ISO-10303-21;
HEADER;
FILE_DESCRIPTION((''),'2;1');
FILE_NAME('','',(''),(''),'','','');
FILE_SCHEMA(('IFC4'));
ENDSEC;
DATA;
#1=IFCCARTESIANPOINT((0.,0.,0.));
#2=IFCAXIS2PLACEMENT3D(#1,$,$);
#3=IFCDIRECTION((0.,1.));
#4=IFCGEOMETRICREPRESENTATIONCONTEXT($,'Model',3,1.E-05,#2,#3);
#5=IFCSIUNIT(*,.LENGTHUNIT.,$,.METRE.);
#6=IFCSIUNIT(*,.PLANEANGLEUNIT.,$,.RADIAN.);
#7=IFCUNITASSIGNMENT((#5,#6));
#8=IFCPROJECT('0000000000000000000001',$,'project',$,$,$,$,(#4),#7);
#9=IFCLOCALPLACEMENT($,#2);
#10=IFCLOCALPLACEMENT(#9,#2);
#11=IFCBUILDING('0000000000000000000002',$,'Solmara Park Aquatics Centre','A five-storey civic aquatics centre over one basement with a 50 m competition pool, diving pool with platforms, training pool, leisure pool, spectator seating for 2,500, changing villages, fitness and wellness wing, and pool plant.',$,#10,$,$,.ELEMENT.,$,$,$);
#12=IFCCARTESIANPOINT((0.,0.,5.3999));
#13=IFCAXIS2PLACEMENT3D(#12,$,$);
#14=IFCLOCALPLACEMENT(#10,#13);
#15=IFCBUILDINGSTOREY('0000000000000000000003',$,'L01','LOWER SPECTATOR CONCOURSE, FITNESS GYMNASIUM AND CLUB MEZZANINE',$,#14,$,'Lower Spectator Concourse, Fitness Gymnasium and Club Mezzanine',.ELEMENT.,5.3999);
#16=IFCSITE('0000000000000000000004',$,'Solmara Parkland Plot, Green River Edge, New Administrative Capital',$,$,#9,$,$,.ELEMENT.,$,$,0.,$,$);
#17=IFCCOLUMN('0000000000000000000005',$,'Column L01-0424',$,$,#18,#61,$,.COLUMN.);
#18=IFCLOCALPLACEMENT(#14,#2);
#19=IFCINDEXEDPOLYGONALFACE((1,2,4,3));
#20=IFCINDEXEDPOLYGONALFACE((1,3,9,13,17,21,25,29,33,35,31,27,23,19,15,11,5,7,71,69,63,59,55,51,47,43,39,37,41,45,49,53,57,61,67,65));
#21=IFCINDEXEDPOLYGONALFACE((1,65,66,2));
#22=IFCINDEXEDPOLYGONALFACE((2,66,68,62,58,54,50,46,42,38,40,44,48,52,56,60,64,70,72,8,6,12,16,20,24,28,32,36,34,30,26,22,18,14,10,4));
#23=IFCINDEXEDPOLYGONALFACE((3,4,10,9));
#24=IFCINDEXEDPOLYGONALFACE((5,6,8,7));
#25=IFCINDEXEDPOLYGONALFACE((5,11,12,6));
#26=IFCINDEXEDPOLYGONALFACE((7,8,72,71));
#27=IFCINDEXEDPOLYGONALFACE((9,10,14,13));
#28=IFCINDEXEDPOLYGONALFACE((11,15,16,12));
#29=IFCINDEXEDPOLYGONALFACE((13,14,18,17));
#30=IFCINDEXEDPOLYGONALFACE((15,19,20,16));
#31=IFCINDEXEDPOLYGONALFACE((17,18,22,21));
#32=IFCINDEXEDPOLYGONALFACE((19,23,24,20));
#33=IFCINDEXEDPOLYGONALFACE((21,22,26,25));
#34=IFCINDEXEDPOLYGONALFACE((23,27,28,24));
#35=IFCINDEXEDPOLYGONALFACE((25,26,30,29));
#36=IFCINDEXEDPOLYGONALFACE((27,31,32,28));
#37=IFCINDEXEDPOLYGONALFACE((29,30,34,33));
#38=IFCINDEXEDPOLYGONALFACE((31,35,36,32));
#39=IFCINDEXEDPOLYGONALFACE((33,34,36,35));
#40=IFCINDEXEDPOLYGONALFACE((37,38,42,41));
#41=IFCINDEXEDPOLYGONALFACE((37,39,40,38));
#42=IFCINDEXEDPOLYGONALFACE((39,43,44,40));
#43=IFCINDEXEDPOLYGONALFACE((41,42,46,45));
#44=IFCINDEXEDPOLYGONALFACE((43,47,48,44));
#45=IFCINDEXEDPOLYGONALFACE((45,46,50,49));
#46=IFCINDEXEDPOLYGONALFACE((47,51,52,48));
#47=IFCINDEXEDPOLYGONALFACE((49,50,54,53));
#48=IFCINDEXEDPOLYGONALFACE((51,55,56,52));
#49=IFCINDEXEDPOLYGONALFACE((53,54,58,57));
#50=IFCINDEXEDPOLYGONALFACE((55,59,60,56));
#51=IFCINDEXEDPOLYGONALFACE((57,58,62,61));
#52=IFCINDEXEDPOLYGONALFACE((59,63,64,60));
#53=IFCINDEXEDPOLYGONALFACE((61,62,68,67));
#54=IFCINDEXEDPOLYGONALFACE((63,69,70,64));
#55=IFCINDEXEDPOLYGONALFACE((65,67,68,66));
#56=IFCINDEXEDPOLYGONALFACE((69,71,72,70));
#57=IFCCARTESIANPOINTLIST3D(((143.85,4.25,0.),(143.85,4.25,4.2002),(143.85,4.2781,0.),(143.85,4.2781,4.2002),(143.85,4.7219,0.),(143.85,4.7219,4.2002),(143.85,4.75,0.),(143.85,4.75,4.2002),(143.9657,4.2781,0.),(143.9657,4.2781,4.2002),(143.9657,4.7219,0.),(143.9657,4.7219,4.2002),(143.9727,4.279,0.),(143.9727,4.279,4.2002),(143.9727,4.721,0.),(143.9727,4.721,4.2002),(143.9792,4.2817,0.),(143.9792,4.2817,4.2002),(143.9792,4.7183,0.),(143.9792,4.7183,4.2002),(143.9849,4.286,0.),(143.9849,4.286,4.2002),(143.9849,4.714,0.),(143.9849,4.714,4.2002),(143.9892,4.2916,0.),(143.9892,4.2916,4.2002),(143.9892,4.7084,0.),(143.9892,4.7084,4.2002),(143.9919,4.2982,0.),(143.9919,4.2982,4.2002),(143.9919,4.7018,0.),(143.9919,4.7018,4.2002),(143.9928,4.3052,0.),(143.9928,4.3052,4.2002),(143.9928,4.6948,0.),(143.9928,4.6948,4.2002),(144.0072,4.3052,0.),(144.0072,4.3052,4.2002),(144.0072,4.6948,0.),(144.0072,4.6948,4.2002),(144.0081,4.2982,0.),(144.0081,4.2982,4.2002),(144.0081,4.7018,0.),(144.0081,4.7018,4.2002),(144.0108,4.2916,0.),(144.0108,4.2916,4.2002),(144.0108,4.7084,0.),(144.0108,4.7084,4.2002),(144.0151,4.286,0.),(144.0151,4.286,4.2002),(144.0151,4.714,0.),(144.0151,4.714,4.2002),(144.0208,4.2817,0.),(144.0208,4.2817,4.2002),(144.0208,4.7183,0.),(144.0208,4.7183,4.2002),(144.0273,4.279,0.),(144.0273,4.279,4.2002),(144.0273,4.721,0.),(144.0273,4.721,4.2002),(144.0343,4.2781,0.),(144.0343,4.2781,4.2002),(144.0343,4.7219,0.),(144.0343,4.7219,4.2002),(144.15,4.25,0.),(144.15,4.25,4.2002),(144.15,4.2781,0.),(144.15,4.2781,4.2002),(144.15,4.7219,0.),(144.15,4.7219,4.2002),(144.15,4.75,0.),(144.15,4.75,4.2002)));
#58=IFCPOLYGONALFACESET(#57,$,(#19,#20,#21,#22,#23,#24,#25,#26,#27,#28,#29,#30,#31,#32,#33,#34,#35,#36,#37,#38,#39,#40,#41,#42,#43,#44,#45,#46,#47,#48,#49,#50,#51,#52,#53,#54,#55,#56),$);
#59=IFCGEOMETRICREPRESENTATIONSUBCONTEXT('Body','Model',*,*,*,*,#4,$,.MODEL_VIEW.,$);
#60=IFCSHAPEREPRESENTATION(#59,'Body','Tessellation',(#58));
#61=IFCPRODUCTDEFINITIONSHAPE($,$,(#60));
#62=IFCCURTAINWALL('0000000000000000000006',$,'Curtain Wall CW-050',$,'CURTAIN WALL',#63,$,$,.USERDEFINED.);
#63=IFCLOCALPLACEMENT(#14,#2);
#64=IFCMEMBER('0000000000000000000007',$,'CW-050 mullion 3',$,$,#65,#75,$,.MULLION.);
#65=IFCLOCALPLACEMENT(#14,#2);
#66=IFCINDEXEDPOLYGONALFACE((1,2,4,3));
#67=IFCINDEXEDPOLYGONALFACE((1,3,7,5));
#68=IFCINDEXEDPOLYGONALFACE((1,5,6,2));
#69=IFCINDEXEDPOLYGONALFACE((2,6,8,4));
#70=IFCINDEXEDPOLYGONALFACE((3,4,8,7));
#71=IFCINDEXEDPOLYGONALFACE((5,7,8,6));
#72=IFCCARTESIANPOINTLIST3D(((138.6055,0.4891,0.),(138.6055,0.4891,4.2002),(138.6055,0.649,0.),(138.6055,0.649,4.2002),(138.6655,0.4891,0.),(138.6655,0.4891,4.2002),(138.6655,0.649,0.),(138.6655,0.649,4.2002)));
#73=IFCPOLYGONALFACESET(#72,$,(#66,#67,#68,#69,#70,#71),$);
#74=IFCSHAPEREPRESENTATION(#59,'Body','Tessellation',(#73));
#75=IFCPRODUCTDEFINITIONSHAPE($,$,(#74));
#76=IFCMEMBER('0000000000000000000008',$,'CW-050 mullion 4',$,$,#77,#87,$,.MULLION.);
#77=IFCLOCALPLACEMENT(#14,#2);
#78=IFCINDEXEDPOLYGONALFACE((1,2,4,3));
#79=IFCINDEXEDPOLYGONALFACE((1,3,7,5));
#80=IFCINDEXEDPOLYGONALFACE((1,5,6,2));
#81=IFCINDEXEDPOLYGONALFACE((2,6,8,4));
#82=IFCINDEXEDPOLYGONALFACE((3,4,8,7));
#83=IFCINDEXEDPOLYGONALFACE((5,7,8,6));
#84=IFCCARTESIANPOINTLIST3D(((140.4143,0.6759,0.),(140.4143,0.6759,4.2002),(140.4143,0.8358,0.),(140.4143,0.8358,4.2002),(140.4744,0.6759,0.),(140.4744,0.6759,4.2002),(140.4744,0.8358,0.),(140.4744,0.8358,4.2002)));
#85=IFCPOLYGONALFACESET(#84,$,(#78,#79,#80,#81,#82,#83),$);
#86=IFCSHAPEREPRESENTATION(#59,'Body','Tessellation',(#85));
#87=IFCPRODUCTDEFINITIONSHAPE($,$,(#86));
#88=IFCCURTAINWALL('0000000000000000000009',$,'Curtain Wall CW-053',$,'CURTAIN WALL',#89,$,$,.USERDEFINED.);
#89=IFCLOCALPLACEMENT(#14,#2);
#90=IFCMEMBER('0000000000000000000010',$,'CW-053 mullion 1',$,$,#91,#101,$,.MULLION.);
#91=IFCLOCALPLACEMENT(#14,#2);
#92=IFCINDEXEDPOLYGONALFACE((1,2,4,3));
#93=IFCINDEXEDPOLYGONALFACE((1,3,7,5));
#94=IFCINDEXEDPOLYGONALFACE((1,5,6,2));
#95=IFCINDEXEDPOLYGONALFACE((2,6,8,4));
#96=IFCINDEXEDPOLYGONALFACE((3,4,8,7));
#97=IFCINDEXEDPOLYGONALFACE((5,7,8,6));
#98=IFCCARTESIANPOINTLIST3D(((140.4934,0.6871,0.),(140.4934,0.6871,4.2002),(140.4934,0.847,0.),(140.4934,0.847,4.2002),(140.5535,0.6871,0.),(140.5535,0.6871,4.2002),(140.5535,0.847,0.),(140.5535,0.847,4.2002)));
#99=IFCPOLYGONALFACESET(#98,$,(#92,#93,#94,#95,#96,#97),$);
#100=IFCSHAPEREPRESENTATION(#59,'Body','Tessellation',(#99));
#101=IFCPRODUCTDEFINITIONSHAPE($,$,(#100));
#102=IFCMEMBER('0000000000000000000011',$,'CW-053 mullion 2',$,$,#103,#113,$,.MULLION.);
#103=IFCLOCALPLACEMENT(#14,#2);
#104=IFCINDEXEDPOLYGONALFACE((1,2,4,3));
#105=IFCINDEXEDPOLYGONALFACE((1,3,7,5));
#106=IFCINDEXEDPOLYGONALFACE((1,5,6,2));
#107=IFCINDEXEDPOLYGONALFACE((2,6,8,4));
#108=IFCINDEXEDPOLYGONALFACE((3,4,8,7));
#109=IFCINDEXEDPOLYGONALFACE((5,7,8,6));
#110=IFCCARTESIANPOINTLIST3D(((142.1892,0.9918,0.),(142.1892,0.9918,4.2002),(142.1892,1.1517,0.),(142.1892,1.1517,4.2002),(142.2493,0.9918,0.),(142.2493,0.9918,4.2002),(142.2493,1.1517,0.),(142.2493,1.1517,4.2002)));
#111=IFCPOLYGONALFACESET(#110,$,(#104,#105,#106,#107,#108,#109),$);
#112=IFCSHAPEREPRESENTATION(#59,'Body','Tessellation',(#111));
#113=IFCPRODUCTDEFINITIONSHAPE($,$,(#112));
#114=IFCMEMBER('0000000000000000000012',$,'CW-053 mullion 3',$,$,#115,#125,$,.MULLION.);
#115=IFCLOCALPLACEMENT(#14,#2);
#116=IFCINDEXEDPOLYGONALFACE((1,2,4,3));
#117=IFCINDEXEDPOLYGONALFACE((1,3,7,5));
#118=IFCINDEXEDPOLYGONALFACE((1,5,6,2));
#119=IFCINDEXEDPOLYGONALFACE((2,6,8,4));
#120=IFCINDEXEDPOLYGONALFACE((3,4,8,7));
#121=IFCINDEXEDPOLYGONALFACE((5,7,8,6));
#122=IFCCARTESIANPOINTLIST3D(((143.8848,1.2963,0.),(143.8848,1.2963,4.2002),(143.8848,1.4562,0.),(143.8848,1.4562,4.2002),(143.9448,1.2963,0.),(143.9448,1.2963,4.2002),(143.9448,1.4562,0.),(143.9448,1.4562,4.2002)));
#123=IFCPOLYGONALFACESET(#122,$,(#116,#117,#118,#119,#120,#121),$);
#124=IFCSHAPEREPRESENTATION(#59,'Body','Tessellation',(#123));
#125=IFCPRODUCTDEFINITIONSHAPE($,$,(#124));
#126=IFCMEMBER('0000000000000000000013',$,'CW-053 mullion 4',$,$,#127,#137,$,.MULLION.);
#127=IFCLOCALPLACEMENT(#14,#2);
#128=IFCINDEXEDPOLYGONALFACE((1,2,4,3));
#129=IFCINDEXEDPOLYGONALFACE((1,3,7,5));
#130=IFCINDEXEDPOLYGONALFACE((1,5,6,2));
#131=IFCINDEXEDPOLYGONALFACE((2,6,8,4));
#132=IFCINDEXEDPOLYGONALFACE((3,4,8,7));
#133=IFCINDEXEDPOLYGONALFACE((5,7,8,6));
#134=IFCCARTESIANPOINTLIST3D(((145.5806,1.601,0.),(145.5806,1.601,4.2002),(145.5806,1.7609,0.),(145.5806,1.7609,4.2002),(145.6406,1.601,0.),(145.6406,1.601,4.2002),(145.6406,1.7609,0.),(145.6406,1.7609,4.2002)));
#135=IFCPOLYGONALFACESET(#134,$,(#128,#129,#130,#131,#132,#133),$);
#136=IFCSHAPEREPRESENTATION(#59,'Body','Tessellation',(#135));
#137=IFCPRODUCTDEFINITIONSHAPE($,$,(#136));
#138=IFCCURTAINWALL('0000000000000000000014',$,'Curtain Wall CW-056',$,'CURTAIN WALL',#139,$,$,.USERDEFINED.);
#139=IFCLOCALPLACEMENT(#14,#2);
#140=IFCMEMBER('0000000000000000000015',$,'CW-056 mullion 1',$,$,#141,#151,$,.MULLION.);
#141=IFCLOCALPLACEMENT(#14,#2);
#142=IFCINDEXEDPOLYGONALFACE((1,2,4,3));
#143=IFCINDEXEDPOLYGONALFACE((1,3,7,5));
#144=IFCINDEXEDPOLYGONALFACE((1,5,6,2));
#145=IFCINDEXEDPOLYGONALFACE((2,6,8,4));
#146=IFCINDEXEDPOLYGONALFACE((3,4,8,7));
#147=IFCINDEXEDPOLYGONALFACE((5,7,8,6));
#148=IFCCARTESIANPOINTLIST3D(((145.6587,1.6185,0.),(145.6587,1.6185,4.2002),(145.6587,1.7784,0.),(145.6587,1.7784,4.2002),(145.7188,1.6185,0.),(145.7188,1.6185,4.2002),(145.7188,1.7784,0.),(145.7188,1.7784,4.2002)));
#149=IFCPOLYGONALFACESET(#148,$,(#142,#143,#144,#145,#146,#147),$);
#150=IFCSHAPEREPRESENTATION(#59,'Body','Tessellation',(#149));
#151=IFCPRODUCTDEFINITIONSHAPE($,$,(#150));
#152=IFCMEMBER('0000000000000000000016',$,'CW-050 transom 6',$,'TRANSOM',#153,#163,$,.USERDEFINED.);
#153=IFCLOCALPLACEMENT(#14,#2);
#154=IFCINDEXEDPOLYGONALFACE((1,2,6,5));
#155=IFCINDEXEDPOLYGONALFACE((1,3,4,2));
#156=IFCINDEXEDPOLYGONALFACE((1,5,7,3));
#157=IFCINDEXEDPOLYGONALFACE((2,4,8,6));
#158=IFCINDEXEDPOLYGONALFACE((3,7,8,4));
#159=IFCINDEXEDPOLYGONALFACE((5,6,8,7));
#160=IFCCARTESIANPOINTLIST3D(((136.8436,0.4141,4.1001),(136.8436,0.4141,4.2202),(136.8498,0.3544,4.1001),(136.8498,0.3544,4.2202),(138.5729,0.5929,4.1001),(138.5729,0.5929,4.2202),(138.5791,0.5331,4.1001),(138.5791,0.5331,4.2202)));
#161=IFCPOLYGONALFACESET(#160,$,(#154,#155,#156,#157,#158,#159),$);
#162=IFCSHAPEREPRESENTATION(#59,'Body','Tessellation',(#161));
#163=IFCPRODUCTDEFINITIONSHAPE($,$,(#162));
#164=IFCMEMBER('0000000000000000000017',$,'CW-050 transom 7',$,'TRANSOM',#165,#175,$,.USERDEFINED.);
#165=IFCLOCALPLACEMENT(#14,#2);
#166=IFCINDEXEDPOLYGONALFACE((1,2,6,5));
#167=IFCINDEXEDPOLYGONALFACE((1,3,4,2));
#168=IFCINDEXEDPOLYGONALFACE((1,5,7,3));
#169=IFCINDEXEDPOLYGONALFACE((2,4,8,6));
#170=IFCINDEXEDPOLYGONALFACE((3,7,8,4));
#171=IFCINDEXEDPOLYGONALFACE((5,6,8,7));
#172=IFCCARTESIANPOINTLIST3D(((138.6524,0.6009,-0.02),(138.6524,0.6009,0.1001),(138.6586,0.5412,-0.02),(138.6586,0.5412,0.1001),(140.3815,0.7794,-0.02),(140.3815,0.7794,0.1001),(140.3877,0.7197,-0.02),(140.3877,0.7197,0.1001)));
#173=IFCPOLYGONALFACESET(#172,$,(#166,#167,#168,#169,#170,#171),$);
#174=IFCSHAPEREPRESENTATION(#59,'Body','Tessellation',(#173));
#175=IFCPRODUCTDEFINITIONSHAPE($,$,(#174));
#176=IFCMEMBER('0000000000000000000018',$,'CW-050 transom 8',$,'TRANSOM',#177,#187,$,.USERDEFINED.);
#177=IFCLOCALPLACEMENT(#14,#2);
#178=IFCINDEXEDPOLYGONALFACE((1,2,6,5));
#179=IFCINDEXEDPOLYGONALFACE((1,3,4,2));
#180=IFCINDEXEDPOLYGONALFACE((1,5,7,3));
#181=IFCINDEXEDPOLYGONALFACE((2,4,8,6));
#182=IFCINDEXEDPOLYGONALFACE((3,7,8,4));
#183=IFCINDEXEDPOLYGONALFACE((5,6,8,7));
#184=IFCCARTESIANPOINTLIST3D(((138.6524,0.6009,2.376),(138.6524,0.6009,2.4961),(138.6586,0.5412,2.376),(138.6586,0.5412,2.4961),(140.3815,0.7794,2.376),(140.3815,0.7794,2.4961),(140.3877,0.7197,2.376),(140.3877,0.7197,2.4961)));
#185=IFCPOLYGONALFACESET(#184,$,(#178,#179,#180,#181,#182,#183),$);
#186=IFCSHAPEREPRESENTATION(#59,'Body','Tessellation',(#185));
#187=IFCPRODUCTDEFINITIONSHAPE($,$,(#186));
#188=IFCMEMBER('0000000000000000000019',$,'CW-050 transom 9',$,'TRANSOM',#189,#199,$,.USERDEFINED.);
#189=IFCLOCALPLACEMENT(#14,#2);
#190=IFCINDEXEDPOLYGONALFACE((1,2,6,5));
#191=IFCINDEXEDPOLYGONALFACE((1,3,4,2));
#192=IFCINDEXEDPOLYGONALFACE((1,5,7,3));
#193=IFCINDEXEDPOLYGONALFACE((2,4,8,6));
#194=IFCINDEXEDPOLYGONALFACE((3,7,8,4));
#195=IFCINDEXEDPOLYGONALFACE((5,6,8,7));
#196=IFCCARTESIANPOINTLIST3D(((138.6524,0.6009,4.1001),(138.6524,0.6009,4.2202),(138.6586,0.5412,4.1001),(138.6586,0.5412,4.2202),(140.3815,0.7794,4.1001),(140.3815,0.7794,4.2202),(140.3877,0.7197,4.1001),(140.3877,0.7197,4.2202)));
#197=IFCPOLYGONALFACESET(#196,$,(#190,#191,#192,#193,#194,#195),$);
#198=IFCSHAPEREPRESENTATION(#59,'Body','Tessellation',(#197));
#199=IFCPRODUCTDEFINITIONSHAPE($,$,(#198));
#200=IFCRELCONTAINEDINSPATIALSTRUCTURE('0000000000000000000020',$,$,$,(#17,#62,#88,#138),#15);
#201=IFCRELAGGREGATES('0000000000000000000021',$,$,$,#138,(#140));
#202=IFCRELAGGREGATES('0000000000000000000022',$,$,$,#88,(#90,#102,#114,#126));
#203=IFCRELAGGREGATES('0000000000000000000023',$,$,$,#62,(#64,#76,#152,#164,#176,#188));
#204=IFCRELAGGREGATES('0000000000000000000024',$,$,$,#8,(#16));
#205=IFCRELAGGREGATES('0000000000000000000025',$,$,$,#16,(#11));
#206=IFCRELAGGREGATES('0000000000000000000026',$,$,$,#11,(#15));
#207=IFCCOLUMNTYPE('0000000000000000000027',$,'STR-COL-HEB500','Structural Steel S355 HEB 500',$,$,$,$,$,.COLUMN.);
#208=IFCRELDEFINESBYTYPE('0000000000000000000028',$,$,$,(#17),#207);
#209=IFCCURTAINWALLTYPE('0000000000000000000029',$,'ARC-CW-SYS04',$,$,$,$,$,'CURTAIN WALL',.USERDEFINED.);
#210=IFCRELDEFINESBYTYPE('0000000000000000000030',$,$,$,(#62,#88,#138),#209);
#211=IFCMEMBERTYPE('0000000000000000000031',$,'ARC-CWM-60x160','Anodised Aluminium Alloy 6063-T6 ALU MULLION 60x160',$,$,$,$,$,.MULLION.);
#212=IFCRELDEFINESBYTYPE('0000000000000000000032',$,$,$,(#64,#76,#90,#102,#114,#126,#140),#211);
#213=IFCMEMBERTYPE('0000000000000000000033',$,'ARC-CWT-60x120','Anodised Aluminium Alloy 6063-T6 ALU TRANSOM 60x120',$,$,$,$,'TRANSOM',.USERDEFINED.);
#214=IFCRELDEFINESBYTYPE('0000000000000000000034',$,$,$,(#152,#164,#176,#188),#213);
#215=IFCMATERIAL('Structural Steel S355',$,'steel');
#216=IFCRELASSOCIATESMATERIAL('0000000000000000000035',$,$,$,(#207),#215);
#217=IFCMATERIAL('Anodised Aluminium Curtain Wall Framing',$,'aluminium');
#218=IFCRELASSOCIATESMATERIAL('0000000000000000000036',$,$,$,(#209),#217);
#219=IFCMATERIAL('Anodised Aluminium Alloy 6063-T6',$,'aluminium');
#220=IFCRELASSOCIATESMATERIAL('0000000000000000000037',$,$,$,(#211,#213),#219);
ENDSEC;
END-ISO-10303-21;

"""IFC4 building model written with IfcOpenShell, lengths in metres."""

from ifc_helpers import new_model, si_unit, direction, frame, origin, origin_2d, place, context, subcontext, project, spatial, rectangle, i_section, extrude, material, material_profile, profile_set, type_object, element, aggregate, save


model = new_model("IFC4")

# Units and contexts
model_context = context("Model", 3, precision=1e-05, world=origin(), true_north=direction((0.0, 1.0)))
body_context = subcontext(model_context, "Body", "Model", "MODEL_VIEW")
ifc_project = project(units=[si_unit("LENGTHUNIT", "METRE"), si_unit("PLANEANGLEUNIT", "RADIAN")], contexts=[model_context])

# Site, building, storey
site_placement = place(None, origin())
site = spatial("IfcSite", under=ifc_project, at=site_placement, Name="Solmara Parkland Plot, Green River Edge, New Administrative Capital", CompositionType="ELEMENT", RefElevation=0.0)
building_placement = place(site_placement, origin())
building = spatial("IfcBuilding", under=site, at=building_placement, Name="Solmara Park Aquatics Centre", Description="A five-storey civic aquatics centre over one basement with a 50 m competition pool, diving pool with platforms, training pool, leisure pool, spectator seating for 2,500, changing villages, fitness and wellness wing, and pool plant.", CompositionType="ELEMENT")
storey_placement = place(building_placement, frame((0.0, 0.0, 5.3999)))
storey = spatial("IfcBuildingStorey", under=building, at=storey_placement, Name="L01", Description="LOWER SPECTATOR CONCOURSE, FITNESS GYMNASIUM AND CLUB MEZZANINE", LongName="Lower Spectator Concourse, Fitness Gymnasium and Club Mezzanine", CompositionType="ELEMENT", Elevation=5.3999)

# Column
ifc_material_1 = material(Name="Structural Steel S355", Category="steel")
ifc_material_profile_1 = material_profile(ifc_material_1, i_section(OverallWidth=0.3, OverallDepth=0.5, WebThickness=0.0144, FlangeThickness=0.0281, FilletRadius=0.0271, at=origin_2d()), Name="HEB 500")
ifc_profile_set_1 = profile_set([ifc_material_profile_1], Name="Structural Steel S355")
column_type = type_object("IfcColumnType", Name="STR-COL-HEB500", Description="Structural Steel S355 HEB 500", PredefinedType="COLUMN", material=ifc_profile_set_1)
column_placement = place(storey_placement, frame((144.0, 4.5, 0.0), z_axis=(0.0, 0.0, 1.0), x_axis=(1.0, 0.0, 0.0)))
element("IfcColumn", 1, at=column_placement, inside=storey, type_object=column_type, Name="Column L01-0424", PredefinedType="COLUMN", context=body_context, shape_type="SweptSolid", body=[
    extrude(i_section(OverallWidth=0.3, OverallDepth=0.5, WebThickness=0.0144, FlangeThickness=0.0281, FilletRadius=0.0271, at=origin_2d()), origin(), (0.0, 0.0, 1.0), 4.2002),
])

# Curtain walls, members
ifc_material_2 = material(Name="Anodised Aluminium Curtain Wall Framing", Category="aluminium")
curtain_wall_type = type_object("IfcCurtainWallType", Name="ARC-CW-SYS04", ElementType="CURTAIN WALL", PredefinedType="USERDEFINED", material=ifc_material_2)
curtain_wall_1_placement = place(storey_placement, origin())
curtain_wall_1 = element("IfcCurtainWall", 2, at=curtain_wall_1_placement, inside=storey, type_object=curtain_wall_type, Name="Curtain Wall CW-050", ObjectType="CURTAIN WALL", PredefinedType="USERDEFINED")
ifc_material_3 = material(Name="Anodised Aluminium Alloy 6063-T6", Category="aluminium")
ifc_material_profile_2 = material_profile(ifc_material_3, rectangle(XDim=0.0601, YDim=0.1599, at=origin_2d()), Name="ALU MULLION 60x160")
ifc_profile_set_2 = profile_set([ifc_material_profile_2], Name="Anodised Aluminium Alloy 6063-T6")
member_type_1 = type_object("IfcMemberType", Name="ARC-CWM-60x160", Description="Anodised Aluminium Alloy 6063-T6 ALU MULLION 60x160", PredefinedType="MULLION", material=ifc_profile_set_2)
member_1_placement = place(storey_placement, frame((138.6355, 0.5691, 0.0), z_axis=(0.0, 0.0, 1.0), x_axis=(1.0, 0.0, 0.0)))
member_1 = element("IfcMember", 3, at=member_1_placement, type_object=member_type_1, Name="CW-050 mullion 3", PredefinedType="MULLION", context=body_context, shape_type="SweptSolid", body=[
    extrude(rectangle(XDim=0.0601, YDim=0.1599, at=origin_2d()), origin(), (0.0, 0.0, 1.0), 4.2002),
])
member_2_placement = place(storey_placement, frame((140.4443, 0.7559, 0.0), z_axis=(0.0, 0.0, 1.0), x_axis=(1.0, 0.0, 0.0)))
member_2 = element("IfcMember", 4, at=member_2_placement, type_object=member_type_1, Name="CW-050 mullion 4", PredefinedType="MULLION", context=body_context, shape_type="SweptSolid", body=[
    extrude(rectangle(XDim=0.0601, YDim=0.1599, at=origin_2d()), origin(), (0.0, 0.0, 1.0), 4.2002),
])
curtain_wall_2_placement = place(storey_placement, origin())
curtain_wall_2 = element("IfcCurtainWall", 5, at=curtain_wall_2_placement, inside=storey, type_object=curtain_wall_type, Name="Curtain Wall CW-053", ObjectType="CURTAIN WALL", PredefinedType="USERDEFINED")
member_3_placement = place(storey_placement, frame((140.5234, 0.7671, 0.0), z_axis=(0.0, 0.0, 1.0), x_axis=(1.0, 0.0, 0.0)))
member_3 = element("IfcMember", 6, at=member_3_placement, type_object=member_type_1, Name="CW-053 mullion 1", PredefinedType="MULLION", context=body_context, shape_type="SweptSolid", body=[
    extrude(rectangle(XDim=0.0601, YDim=0.1599, at=origin_2d()), origin(), (0.0, 0.0, 1.0), 4.2002),
])
member_4_placement = place(storey_placement, frame((142.2192, 1.0718, 0.0), z_axis=(0.0, 0.0, 1.0), x_axis=(1.0, 0.0, 0.0)))
member_4 = element("IfcMember", 7, at=member_4_placement, type_object=member_type_1, Name="CW-053 mullion 2", PredefinedType="MULLION", context=body_context, shape_type="SweptSolid", body=[
    extrude(rectangle(XDim=0.0601, YDim=0.1599, at=origin_2d()), origin(), (0.0, 0.0, 1.0), 4.2002),
])
member_5_placement = place(storey_placement, frame((143.9148, 1.3762, 0.0), z_axis=(0.0, 0.0, 1.0), x_axis=(1.0, 0.0, 0.0)))
member_5 = element("IfcMember", 8, at=member_5_placement, type_object=member_type_1, Name="CW-053 mullion 3", PredefinedType="MULLION", context=body_context, shape_type="SweptSolid", body=[
    extrude(rectangle(XDim=0.0601, YDim=0.1599, at=origin_2d()), origin(), (0.0, 0.0, 1.0), 4.2002),
])
member_6_placement = place(storey_placement, frame((145.6106, 1.6809, 0.0), z_axis=(0.0, 0.0, 1.0), x_axis=(1.0, 0.0, 0.0)))
member_6 = element("IfcMember", 9, at=member_6_placement, type_object=member_type_1, Name="CW-053 mullion 4", PredefinedType="MULLION", context=body_context, shape_type="SweptSolid", body=[
    extrude(rectangle(XDim=0.0601, YDim=0.1599, at=origin_2d()), origin(), (0.0, 0.0, 1.0), 4.2002),
])

# Curtain wall, member
curtain_wall_3_placement = place(storey_placement, origin())
curtain_wall_3 = element("IfcCurtainWall", 10, at=curtain_wall_3_placement, inside=storey, type_object=curtain_wall_type, Name="Curtain Wall CW-056", ObjectType="CURTAIN WALL", PredefinedType="USERDEFINED")
member_7_placement = place(storey_placement, frame((145.6887, 1.6985, 0.0), z_axis=(0.0, 0.0, 1.0), x_axis=(1.0, 0.0, 0.0)))
member_7 = element("IfcMember", 11, at=member_7_placement, type_object=member_type_1, Name="CW-056 mullion 1", PredefinedType="MULLION", context=body_context, shape_type="SweptSolid", body=[
    extrude(rectangle(XDim=0.0601, YDim=0.1599, at=origin_2d()), origin(), (0.0, 0.0, 1.0), 4.2002),
])

# Members
ifc_material_profile_3 = material_profile(ifc_material_3, rectangle(XDim=0.0601, YDim=0.1201, at=origin_2d()), Name="ALU TRANSOM 60x120")
ifc_profile_set_3 = profile_set([ifc_material_profile_3], Name="Anodised Aluminium Alloy 6063-T6")
member_type_2 = type_object("IfcMemberType", Name="ARC-CWT-60x120", Description="Anodised Aluminium Alloy 6063-T6 ALU TRANSOM 60x120", ElementType="TRANSOM", PredefinedType="USERDEFINED", material=ifc_profile_set_3)
member_8_placement = place(storey_placement, frame((136.8467, 0.3843, 4.1602), z_axis=(0.994702, 0.102799, 0.0), x_axis=(-0.102799, 0.994702, 0.0)))
member_8 = element("IfcMember", 12, at=member_8_placement, type_object=member_type_2, Name="CW-050 transom 6", ObjectType="TRANSOM", PredefinedType="USERDEFINED", context=body_context, shape_type="SweptSolid", body=[
    extrude(rectangle(XDim=0.0601, YDim=0.1201, at=origin_2d()), origin(), (0.0, 0.0, 1.0), 1.7385),
])
member_9_placement = place(storey_placement, frame((138.6555, 0.571, 0.04), z_axis=(0.994715, 0.102674, 0.0), x_axis=(-0.102674, 0.994715, 0.0)))
member_9 = element("IfcMember", 13, at=member_9_placement, type_object=member_type_2, Name="CW-050 transom 7", ObjectType="TRANSOM", PredefinedType="USERDEFINED", context=body_context, shape_type="SweptSolid", body=[
    extrude(rectangle(XDim=0.0601, YDim=0.1201, at=origin_2d()), origin(), (0.0, 0.0, 1.0), 1.7383),
])
member_10_placement = place(storey_placement, frame((138.6555, 0.571, 2.436), z_axis=(0.994715, 0.102674, 0.0), x_axis=(-0.102674, 0.994715, 0.0)))
member_10 = element("IfcMember", 14, at=member_10_placement, type_object=member_type_2, Name="CW-050 transom 8", ObjectType="TRANSOM", PredefinedType="USERDEFINED", context=body_context, shape_type="SweptSolid", body=[
    extrude(rectangle(XDim=0.0601, YDim=0.1201, at=origin_2d()), origin(), (0.0, 0.0, 1.0), 1.7383),
])
member_11_placement = place(storey_placement, frame((138.6555, 0.571, 4.1602), z_axis=(0.994715, 0.102674, 0.0), x_axis=(-0.102674, 0.994715, 0.0)))
member_11 = element("IfcMember", 15, at=member_11_placement, type_object=member_type_2, Name="CW-050 transom 9", ObjectType="TRANSOM", PredefinedType="USERDEFINED", context=body_context, shape_type="SweptSolid", body=[
    extrude(rectangle(XDim=0.0601, YDim=0.1201, at=origin_2d()), origin(), (0.0, 0.0, 1.0), 1.7383),
])
aggregate(curtain_wall_3, [member_7])

aggregate(curtain_wall_2, [member_3, member_4, member_5, member_6])
aggregate(curtain_wall_1, [member_1, member_2, member_8, member_9, member_10, member_11])

save(model, "model.ifc")
